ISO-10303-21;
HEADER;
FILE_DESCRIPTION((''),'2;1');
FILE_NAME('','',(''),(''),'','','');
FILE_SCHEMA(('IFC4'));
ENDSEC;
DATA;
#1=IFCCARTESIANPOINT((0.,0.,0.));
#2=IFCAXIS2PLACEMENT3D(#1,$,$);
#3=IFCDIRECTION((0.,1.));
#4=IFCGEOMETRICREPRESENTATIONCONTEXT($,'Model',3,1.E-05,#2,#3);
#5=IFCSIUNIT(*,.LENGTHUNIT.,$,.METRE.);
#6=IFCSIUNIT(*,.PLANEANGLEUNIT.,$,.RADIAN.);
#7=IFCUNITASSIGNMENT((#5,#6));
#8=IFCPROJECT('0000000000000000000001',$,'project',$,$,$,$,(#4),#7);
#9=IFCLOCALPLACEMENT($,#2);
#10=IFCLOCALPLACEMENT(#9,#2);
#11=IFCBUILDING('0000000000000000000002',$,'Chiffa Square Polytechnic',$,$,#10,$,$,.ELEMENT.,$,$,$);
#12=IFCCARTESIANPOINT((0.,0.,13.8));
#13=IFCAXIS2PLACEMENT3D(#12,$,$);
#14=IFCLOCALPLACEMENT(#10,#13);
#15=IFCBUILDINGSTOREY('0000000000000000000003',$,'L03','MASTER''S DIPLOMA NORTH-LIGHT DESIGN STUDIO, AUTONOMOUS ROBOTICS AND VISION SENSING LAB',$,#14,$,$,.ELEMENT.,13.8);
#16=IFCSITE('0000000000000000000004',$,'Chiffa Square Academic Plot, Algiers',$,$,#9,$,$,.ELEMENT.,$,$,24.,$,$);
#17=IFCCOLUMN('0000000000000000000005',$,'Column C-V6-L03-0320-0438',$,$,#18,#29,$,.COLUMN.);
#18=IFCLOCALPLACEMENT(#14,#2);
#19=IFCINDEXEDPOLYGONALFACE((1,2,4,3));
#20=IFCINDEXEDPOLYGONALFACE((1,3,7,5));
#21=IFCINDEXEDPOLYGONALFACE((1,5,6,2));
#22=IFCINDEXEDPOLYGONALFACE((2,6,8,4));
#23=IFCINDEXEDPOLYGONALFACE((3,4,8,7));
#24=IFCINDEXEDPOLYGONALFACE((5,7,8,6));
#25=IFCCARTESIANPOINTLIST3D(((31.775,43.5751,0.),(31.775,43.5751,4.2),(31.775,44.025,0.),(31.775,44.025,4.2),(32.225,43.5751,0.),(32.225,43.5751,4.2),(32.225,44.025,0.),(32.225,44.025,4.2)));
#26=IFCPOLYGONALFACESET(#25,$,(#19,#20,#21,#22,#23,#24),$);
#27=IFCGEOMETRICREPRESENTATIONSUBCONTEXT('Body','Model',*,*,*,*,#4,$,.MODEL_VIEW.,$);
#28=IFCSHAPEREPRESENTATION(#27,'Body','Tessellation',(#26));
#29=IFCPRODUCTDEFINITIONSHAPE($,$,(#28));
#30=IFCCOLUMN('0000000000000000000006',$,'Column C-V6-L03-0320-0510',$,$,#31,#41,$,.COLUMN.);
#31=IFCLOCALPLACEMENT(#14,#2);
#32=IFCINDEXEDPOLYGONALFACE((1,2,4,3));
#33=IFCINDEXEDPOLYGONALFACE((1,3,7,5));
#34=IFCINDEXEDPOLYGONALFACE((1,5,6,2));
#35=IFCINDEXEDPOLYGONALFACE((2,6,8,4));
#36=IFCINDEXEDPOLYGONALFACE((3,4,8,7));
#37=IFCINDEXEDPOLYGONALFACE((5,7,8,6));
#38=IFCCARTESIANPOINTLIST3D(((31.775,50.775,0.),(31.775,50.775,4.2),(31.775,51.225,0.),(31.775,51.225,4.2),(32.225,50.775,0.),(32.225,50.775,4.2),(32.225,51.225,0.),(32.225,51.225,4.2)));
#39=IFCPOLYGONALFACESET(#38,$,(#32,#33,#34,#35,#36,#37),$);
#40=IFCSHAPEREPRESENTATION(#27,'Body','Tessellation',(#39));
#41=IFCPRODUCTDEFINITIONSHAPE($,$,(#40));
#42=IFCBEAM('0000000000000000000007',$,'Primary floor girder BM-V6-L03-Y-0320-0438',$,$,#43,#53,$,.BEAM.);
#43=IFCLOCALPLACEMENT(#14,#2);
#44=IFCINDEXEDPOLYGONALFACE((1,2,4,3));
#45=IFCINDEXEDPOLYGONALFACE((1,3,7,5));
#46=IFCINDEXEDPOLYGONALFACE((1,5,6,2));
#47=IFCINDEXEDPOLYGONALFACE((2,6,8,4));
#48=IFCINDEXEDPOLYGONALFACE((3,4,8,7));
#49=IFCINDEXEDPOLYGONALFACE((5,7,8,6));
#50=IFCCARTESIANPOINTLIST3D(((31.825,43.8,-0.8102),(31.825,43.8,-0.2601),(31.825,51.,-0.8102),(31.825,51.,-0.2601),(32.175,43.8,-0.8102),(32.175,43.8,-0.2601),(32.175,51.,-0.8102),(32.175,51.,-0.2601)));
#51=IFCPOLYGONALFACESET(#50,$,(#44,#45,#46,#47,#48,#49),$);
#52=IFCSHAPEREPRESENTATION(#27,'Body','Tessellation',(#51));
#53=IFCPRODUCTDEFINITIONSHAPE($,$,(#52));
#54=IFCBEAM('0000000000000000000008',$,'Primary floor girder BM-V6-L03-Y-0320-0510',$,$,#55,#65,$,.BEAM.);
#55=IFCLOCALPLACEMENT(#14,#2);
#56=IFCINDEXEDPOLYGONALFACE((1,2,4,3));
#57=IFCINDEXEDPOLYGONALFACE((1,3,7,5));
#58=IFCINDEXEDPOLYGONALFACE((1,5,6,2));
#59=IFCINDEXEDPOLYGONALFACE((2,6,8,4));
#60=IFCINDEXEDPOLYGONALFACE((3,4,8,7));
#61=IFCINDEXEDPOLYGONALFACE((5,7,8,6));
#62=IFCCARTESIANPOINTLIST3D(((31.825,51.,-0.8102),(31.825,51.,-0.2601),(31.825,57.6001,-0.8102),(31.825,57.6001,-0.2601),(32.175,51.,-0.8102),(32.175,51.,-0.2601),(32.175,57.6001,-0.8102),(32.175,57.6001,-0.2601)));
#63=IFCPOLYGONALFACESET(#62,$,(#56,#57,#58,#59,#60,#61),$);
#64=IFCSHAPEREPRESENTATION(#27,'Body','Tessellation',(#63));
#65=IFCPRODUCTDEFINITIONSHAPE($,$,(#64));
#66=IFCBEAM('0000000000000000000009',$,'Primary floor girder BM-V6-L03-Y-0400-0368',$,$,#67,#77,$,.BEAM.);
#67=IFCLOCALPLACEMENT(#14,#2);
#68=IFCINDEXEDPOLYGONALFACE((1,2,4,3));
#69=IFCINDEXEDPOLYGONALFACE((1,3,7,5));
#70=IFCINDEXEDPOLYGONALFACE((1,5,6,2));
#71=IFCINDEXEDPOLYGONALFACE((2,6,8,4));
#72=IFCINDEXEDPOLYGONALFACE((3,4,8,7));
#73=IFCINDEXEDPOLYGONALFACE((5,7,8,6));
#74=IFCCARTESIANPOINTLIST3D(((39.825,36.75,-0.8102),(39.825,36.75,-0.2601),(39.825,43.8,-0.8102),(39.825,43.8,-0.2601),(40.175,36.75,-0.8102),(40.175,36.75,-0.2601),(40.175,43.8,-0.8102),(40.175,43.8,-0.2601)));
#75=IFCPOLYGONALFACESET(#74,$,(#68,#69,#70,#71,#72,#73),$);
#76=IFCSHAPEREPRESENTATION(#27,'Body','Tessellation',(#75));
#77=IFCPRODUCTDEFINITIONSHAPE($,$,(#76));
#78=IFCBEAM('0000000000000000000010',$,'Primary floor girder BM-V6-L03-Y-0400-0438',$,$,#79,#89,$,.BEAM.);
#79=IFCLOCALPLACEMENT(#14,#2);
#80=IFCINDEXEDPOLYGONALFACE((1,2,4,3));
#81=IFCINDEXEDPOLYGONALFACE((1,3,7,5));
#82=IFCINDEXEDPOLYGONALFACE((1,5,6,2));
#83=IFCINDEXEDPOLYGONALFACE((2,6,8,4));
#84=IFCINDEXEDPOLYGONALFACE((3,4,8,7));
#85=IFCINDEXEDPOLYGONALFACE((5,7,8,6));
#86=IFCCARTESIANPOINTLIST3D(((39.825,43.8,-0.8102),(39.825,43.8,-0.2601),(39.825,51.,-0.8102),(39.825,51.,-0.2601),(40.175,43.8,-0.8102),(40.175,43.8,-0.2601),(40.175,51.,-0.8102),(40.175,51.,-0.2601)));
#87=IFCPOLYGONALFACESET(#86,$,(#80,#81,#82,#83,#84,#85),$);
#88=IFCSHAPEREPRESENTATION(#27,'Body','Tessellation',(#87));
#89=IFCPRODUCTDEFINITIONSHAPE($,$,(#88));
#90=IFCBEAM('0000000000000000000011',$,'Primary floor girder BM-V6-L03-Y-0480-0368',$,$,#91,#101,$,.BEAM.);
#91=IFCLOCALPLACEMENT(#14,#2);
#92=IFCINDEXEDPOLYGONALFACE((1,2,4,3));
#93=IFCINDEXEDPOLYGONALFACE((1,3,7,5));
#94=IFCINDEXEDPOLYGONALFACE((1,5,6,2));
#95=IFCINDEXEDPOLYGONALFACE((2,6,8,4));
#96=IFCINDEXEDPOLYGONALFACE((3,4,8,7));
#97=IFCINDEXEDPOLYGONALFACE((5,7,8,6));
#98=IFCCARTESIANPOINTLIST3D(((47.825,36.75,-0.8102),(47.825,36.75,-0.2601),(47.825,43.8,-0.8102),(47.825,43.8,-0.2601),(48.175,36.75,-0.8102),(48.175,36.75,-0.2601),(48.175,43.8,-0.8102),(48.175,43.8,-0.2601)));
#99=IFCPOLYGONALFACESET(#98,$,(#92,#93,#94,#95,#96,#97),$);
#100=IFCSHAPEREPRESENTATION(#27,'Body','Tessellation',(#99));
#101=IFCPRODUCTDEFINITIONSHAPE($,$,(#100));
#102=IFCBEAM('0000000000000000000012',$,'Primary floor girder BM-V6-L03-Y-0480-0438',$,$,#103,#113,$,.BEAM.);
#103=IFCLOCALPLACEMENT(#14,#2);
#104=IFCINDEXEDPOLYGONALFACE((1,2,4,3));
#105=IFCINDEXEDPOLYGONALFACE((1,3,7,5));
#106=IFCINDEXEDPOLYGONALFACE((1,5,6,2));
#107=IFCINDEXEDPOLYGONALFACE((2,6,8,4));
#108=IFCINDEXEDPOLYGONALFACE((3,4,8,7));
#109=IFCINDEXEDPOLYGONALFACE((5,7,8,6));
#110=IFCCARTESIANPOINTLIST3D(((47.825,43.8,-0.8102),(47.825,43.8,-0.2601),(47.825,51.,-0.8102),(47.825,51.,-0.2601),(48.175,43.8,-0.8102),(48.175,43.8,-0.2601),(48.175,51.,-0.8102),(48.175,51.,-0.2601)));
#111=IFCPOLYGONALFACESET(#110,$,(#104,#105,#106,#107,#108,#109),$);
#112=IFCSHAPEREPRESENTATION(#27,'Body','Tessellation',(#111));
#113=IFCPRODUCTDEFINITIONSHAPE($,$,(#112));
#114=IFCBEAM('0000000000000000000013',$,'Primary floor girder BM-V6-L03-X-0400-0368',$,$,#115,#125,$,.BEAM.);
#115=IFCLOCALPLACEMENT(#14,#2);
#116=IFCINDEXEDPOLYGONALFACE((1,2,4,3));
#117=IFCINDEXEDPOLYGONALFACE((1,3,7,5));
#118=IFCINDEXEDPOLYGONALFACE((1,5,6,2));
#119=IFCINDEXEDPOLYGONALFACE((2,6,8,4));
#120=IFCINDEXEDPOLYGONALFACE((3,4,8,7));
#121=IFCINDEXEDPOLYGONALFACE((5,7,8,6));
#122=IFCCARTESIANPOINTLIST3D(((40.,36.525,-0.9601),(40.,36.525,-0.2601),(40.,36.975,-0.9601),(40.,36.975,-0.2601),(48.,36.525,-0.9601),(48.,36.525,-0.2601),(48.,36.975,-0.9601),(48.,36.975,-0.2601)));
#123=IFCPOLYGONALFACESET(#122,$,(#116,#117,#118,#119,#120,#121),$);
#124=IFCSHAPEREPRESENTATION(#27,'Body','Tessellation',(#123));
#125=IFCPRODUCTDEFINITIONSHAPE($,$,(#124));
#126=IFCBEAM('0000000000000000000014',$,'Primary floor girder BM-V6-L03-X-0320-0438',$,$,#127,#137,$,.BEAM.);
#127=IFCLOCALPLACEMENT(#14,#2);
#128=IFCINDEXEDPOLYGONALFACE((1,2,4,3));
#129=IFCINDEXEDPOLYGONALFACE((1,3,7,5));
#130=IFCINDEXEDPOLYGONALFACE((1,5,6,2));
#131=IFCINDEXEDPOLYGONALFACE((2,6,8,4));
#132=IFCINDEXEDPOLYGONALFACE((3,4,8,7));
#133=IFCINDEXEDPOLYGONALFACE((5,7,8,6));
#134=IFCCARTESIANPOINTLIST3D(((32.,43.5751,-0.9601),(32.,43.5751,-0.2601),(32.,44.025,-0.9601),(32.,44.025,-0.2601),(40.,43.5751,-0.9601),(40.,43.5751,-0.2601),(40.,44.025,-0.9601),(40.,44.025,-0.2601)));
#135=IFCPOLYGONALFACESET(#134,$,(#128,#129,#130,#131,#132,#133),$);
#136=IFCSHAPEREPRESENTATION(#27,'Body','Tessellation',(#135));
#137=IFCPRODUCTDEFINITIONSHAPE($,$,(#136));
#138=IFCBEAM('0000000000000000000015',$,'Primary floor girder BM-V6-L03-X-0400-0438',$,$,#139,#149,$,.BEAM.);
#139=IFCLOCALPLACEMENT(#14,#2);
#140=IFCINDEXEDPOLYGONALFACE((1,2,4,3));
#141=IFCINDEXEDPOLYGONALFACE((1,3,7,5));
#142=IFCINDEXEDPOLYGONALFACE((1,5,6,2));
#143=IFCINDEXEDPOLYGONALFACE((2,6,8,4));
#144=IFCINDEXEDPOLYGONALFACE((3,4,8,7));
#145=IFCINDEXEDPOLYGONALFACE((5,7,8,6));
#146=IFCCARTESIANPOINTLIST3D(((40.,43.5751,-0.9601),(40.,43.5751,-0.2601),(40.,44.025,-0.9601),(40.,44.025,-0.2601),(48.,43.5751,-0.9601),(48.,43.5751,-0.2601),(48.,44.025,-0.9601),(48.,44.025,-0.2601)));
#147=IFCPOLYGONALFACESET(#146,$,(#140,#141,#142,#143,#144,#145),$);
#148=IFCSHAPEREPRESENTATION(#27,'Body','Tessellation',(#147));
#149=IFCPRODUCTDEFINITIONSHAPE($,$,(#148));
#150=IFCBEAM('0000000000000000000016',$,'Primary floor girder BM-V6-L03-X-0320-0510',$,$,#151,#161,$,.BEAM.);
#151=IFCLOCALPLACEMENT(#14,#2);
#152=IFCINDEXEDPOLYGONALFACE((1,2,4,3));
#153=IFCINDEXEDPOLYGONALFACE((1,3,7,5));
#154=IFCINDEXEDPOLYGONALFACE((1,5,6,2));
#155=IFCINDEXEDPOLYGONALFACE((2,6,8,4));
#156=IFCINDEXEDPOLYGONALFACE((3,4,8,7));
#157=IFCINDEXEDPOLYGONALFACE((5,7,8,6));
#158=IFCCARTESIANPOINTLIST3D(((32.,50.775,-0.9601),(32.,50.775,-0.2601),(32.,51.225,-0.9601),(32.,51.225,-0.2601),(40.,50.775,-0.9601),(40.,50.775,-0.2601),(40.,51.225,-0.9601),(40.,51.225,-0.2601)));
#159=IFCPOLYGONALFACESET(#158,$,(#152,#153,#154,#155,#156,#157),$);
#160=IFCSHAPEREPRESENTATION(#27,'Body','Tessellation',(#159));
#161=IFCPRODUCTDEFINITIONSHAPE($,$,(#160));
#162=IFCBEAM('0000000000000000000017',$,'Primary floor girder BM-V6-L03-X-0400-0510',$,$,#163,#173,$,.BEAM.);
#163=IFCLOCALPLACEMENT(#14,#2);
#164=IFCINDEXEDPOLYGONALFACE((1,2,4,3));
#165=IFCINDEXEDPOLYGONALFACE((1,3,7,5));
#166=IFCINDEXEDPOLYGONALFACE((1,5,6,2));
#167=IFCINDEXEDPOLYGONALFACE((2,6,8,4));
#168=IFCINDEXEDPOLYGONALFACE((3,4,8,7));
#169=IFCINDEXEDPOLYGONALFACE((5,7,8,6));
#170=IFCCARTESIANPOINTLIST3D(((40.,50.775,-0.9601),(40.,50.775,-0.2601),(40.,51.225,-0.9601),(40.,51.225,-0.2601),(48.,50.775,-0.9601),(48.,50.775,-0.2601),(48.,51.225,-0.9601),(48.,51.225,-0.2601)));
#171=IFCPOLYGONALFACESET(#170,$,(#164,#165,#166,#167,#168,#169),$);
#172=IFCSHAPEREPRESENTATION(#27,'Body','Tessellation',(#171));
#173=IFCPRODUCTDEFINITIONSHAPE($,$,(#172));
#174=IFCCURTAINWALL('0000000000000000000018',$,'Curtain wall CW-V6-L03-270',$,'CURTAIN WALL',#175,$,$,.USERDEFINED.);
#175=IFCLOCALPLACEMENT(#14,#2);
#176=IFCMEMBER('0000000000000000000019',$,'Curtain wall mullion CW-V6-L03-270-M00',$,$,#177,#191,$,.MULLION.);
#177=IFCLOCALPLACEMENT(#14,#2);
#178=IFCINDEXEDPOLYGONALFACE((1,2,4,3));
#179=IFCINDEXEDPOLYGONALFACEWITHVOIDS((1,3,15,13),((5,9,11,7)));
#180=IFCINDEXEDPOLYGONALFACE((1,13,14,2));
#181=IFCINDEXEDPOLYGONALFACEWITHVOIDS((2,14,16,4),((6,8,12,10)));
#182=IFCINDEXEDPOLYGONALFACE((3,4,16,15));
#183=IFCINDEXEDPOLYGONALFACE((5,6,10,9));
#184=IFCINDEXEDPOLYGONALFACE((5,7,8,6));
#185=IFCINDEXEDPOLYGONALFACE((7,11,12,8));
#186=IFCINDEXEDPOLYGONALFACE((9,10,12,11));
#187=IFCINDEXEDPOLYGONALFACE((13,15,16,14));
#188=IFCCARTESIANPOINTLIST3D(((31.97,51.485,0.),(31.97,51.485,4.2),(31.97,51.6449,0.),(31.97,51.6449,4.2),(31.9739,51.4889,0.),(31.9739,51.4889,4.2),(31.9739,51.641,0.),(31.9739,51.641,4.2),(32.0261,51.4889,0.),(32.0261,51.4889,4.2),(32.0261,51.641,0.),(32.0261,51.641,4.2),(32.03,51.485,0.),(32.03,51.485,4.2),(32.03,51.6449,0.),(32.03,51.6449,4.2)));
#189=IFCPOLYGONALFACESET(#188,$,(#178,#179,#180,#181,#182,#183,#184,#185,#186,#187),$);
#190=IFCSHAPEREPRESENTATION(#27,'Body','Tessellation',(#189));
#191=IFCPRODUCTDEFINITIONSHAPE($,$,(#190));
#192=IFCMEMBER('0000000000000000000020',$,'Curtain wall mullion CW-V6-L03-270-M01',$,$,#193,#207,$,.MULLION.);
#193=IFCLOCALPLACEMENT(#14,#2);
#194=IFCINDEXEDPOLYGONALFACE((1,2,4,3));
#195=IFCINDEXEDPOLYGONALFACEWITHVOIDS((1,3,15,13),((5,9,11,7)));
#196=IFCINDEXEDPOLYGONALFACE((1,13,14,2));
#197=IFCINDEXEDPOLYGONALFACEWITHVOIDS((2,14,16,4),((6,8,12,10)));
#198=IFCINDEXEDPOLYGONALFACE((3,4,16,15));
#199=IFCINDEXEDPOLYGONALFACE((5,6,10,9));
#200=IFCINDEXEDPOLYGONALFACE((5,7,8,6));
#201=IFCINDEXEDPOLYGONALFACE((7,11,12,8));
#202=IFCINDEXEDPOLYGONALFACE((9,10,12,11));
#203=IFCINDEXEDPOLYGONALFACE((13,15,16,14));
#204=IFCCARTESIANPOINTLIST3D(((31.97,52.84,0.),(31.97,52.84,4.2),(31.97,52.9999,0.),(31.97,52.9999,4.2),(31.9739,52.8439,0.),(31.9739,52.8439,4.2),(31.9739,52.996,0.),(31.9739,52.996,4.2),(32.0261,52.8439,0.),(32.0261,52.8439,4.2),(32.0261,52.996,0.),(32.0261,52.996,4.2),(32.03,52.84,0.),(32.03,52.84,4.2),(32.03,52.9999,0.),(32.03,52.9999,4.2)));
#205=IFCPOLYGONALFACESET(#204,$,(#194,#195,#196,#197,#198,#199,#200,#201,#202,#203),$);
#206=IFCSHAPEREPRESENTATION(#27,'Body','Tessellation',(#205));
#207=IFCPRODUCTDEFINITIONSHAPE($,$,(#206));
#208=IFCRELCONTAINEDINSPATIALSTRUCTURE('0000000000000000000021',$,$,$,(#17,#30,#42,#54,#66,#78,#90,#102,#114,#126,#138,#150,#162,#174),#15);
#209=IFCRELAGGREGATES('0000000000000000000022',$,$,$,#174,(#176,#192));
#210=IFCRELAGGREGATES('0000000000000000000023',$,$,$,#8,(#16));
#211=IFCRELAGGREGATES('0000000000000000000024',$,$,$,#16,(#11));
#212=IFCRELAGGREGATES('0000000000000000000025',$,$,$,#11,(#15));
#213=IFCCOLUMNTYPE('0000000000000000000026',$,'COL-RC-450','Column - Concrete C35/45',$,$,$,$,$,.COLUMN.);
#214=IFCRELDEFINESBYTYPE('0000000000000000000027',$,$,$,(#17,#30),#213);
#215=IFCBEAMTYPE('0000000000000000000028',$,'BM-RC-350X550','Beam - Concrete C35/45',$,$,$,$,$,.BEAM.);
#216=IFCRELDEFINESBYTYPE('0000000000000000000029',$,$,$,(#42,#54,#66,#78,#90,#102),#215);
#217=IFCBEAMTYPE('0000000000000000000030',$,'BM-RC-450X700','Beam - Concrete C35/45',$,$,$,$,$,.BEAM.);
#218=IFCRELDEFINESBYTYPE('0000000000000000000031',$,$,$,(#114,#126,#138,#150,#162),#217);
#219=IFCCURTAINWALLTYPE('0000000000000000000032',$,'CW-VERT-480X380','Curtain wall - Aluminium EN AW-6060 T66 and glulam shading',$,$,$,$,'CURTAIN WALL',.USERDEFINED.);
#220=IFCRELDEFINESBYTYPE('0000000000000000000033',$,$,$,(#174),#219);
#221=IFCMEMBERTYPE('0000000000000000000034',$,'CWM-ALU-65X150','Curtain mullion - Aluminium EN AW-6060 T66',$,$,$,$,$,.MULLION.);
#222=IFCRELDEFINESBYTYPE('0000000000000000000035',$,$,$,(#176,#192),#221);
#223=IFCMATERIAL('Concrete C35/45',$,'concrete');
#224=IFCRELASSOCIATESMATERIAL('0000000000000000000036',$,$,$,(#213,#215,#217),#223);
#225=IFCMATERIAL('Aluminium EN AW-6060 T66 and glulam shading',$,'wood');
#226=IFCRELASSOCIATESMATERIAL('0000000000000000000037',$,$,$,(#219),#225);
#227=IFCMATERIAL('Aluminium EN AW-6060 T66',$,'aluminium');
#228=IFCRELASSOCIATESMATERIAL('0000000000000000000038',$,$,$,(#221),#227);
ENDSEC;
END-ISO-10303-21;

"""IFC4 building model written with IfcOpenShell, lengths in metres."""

from ifc_helpers import new_model, si_unit, direction, frame, origin, origin_2d, place, context, subcontext, project, spatial, rectangle, hollow_rectangle, extrude, material, material_profile, profile_set, type_object, element, aggregate, save


model = new_model("IFC4")

# Units and contexts
model_context = context("Model", 3, precision=1e-05, world=origin(), true_north=direction((0.0, 1.0)))
body_context = subcontext(model_context, "Body", "Model", "MODEL_VIEW")
ifc_project = project(units=[si_unit("LENGTHUNIT", "METRE"), si_unit("PLANEANGLEUNIT", "RADIAN")], contexts=[model_context])

# Site, building, storey
site_placement = place(None, origin())
site = spatial("IfcSite", under=ifc_project, at=site_placement, Name="Chiffa Square Academic Plot, Algiers", CompositionType="ELEMENT", RefElevation=24.0)
building_placement = place(site_placement, origin())
building = spatial("IfcBuilding", under=site, at=building_placement, Name="Chiffa Square Polytechnic", CompositionType="ELEMENT")
storey_placement = place(building_placement, frame((0.0, 0.0, 13.8)))
storey = spatial("IfcBuildingStorey", under=building, at=storey_placement, Name="L03", Description="MASTER'S DIPLOMA NORTH-LIGHT DESIGN STUDIO, AUTONOMOUS ROBOTICS AND VISION SENSING LAB", CompositionType="ELEMENT", Elevation=13.8)

# Columns
ifc_material_1 = material(Name="Concrete C35/45", Category="concrete")
ifc_material_profile_1 = material_profile(ifc_material_1, rectangle(XDim=0.45, YDim=0.45, at=origin_2d()), Name="RC 450x450")
ifc_profile_set_1 = profile_set([ifc_material_profile_1], Name="Concrete C35/45")
column_type = type_object("IfcColumnType", Name="COL-RC-450", Description="Column - Concrete C35/45", PredefinedType="COLUMN", material=ifc_profile_set_1)
for number, where, z_axis, x_axis, name in (
    (1, (32.0, 43.8, 0.0), (0.0, 0.0, 1.0), (1.0, 0.0, 0.0), "Column C-V6-L03-0320-0438"),
    (2, (32.0, 51.0, 0.0), (0.0, 0.0, 1.0), (1.0, 0.0, 0.0), "Column C-V6-L03-0320-0510"),
):
    element("IfcColumn", number, at=place(storey_placement, frame(where, z_axis=z_axis, x_axis=x_axis)), inside=storey, type_object=column_type, Name=name, PredefinedType="COLUMN", context=body_context, shape_type="SweptSolid", body=[
        extrude(rectangle(XDim=0.45, YDim=0.45, at=origin_2d()), origin(), (0.0, 0.0, 1.0), 4.2),
    ])

# Beams
ifc_material_profile_2 = material_profile(ifc_material_1, rectangle(XDim=0.3501, YDim=0.55, at=origin_2d()), Name="RC 350x550")
ifc_profile_set_2 = profile_set([ifc_material_profile_2], Name="Concrete C35/45")
beam_type_1 = type_object("IfcBeamType", Name="BM-RC-350X550", Description="Beam - Concrete C35/45", PredefinedType="BEAM", material=ifc_profile_set_2)
beam_1_placement = place(storey_placement, frame((32.0, 43.8, -0.5352), z_axis=(0.0, 1.0, 0.0), x_axis=(-1.0, 0.0, 0.0)))
element("IfcBeam", 3, at=beam_1_placement, inside=storey, type_object=beam_type_1, Name="Primary floor girder BM-V6-L03-Y-0320-0438", PredefinedType="BEAM", context=body_context, shape_type="SweptSolid", body=[
    extrude(rectangle(XDim=0.3501, YDim=0.55, at=origin_2d()), origin(), (0.0, 0.0, 1.0), 7.2),
])
beam_2_placement = place(storey_placement, frame((32.0, 51.0, -0.5352), z_axis=(0.0, 1.0, 0.0), x_axis=(-1.0, 0.0, 0.0)))
element("IfcBeam", 4, at=beam_2_placement, inside=storey, type_object=beam_type_1, Name="Primary floor girder BM-V6-L03-Y-0320-0510", PredefinedType="BEAM", context=body_context, shape_type="SweptSolid", body=[
    extrude(rectangle(XDim=0.3501, YDim=0.55, at=origin_2d()), origin(), (0.0, 0.0, 1.0), 6.6001),
])
beam_3_placement = place(storey_placement, frame((40.0, 36.75, -0.5352), z_axis=(0.0, 1.0, 0.0), x_axis=(-1.0, 0.0, 0.0)))
element("IfcBeam", 5, at=beam_3_placement, inside=storey, type_object=beam_type_1, Name="Primary floor girder BM-V6-L03-Y-0400-0368", PredefinedType="BEAM", context=body_context, shape_type="SweptSolid", body=[
    extrude(rectangle(XDim=0.3501, YDim=0.55, at=origin_2d()), origin(), (0.0, 0.0, 1.0), 7.05),
])
beam_4_placement = place(storey_placement, frame((40.0, 43.8, -0.5352), z_axis=(0.0, 1.0, 0.0), x_axis=(-1.0, 0.0, 0.0)))
element("IfcBeam", 6, at=beam_4_placement, inside=storey, type_object=beam_type_1, Name="Primary floor girder BM-V6-L03-Y-0400-0438", PredefinedType="BEAM", context=body_context, shape_type="SweptSolid", body=[
    extrude(rectangle(XDim=0.3501, YDim=0.55, at=origin_2d()), origin(), (0.0, 0.0, 1.0), 7.2),
])
beam_5_placement = place(storey_placement, frame((48.0, 36.75, -0.5352), z_axis=(0.0, 1.0, 0.0), x_axis=(-1.0, 0.0, 0.0)))
element("IfcBeam", 7, at=beam_5_placement, inside=storey, type_object=beam_type_1, Name="Primary floor girder BM-V6-L03-Y-0480-0368", PredefinedType="BEAM", context=body_context, shape_type="SweptSolid", body=[
    extrude(rectangle(XDim=0.3501, YDim=0.55, at=origin_2d()), origin(), (0.0, 0.0, 1.0), 7.05),
])
beam_6_placement = place(storey_placement, frame((48.0, 43.8, -0.5352), z_axis=(0.0, 1.0, 0.0), x_axis=(-1.0, 0.0, 0.0)))
element("IfcBeam", 8, at=beam_6_placement, inside=storey, type_object=beam_type_1, Name="Primary floor girder BM-V6-L03-Y-0480-0438", PredefinedType="BEAM", context=body_context, shape_type="SweptSolid", body=[
    extrude(rectangle(XDim=0.3501, YDim=0.55, at=origin_2d()), origin(), (0.0, 0.0, 1.0), 7.2),
])
ifc_material_profile_3 = material_profile(ifc_material_1, rectangle(XDim=0.45, YDim=0.7, at=origin_2d()), Name="RC 450x700")
ifc_profile_set_3 = profile_set([ifc_material_profile_3], Name="Concrete C35/45")
beam_type_2 = type_object("IfcBeamType", Name="BM-RC-450X700", Description="Beam - Concrete C35/45", PredefinedType="BEAM", material=ifc_profile_set_3)
for number, where, z_axis, x_axis, name in (
    (9, (40.0, 36.75, -0.6101), (1.0, 0.0, 0.0), (0.0, 1.0, 0.0), "Primary floor girder BM-V6-L03-X-0400-0368"),
    (10, (32.0, 43.8, -0.6101), (1.0, 0.0, 0.0), (0.0, 1.0, 0.0), "Primary floor girder BM-V6-L03-X-0320-0438"),
    (11, (40.0, 43.8, -0.6101), (1.0, 0.0, 0.0), (0.0, 1.0, 0.0), "Primary floor girder BM-V6-L03-X-0400-0438"),
    (12, (32.0, 51.0, -0.6101), (1.0, 0.0, 0.0), (0.0, 1.0, 0.0), "Primary floor girder BM-V6-L03-X-0320-0510"),
    (13, (40.0, 51.0, -0.6101), (1.0, 0.0, 0.0), (0.0, 1.0, 0.0), "Primary floor girder BM-V6-L03-X-0400-0510"),
):
    element("IfcBeam", number, at=place(storey_placement, frame(where, z_axis=z_axis, x_axis=x_axis)), inside=storey, type_object=beam_type_2, Name=name, PredefinedType="BEAM", context=body_context, shape_type="SweptSolid", body=[
        extrude(rectangle(XDim=0.45, YDim=0.7, at=origin_2d()), origin(), (0.0, 0.0, 1.0), 8.0),
    ])

# Curtain wall, members
ifc_material_2 = material(Name="Aluminium EN AW-6060 T66 and glulam shading", Category="wood")
curtain_wall_type = type_object("IfcCurtainWallType", Name="CW-VERT-480X380", Description="Curtain wall - Aluminium EN AW-6060 T66 and glulam shading", ElementType="CURTAIN WALL", PredefinedType="USERDEFINED", material=ifc_material_2)
curtain_wall_placement = place(storey_placement, origin())
curtain_wall = element("IfcCurtainWall", 14, at=curtain_wall_placement, inside=storey, type_object=curtain_wall_type, Name="Curtain wall CW-V6-L03-270", ObjectType="CURTAIN WALL", PredefinedType="USERDEFINED")
ifc_material_3 = material(Name="Aluminium EN AW-6060 T66", Category="aluminium")
ifc_material_profile_4 = material_profile(ifc_material_3, hollow_rectangle(XDim=0.0601, YDim=0.1599, WallThickness=0.0039, at=origin_2d()), Name="ALU 60x160x4")
ifc_profile_set_4 = profile_set([ifc_material_profile_4], Name="Aluminium EN AW-6060 T66")
member_type_1 = type_object("IfcMemberType", Name="CWM-ALU-65X150", Description="Curtain mullion - Aluminium EN AW-6060 T66", PredefinedType="MULLION", material=ifc_profile_set_4)
member_1_placement = place(storey_placement, frame((32.0, 51.5649, 0.0), z_axis=(0.0, 0.0, 1.0), x_axis=(1.0, 0.0, 0.0)))
member_1 = element("IfcMember", 15, at=member_1_placement, type_object=member_type_1, Name="Curtain wall mullion CW-V6-L03-270-M00", PredefinedType="MULLION", context=body_context, shape_type="SweptSolid", body=[
    extrude(hollow_rectangle(XDim=0.0601, YDim=0.1599, WallThickness=0.0039, at=origin_2d()), origin(), (0.0, 0.0, 1.0), 4.2),
])
member_2_placement = place(storey_placement, frame((32.0, 52.9199, 0.0), z_axis=(0.0, 0.0, 1.0), x_axis=(1.0, 0.0, 0.0)))
member_2 = element("IfcMember", 16, at=member_2_placement, type_object=member_type_1, Name="Curtain wall mullion CW-V6-L03-270-M01", PredefinedType="MULLION", context=body_context, shape_type="SweptSolid", body=[
    extrude(hollow_rectangle(XDim=0.0601, YDim=0.1599, WallThickness=0.0039, at=origin_2d()), origin(), (0.0, 0.0, 1.0), 4.2),
])

aggregate(curtain_wall, [member_1, member_2])

save(model, "model.ifc")
